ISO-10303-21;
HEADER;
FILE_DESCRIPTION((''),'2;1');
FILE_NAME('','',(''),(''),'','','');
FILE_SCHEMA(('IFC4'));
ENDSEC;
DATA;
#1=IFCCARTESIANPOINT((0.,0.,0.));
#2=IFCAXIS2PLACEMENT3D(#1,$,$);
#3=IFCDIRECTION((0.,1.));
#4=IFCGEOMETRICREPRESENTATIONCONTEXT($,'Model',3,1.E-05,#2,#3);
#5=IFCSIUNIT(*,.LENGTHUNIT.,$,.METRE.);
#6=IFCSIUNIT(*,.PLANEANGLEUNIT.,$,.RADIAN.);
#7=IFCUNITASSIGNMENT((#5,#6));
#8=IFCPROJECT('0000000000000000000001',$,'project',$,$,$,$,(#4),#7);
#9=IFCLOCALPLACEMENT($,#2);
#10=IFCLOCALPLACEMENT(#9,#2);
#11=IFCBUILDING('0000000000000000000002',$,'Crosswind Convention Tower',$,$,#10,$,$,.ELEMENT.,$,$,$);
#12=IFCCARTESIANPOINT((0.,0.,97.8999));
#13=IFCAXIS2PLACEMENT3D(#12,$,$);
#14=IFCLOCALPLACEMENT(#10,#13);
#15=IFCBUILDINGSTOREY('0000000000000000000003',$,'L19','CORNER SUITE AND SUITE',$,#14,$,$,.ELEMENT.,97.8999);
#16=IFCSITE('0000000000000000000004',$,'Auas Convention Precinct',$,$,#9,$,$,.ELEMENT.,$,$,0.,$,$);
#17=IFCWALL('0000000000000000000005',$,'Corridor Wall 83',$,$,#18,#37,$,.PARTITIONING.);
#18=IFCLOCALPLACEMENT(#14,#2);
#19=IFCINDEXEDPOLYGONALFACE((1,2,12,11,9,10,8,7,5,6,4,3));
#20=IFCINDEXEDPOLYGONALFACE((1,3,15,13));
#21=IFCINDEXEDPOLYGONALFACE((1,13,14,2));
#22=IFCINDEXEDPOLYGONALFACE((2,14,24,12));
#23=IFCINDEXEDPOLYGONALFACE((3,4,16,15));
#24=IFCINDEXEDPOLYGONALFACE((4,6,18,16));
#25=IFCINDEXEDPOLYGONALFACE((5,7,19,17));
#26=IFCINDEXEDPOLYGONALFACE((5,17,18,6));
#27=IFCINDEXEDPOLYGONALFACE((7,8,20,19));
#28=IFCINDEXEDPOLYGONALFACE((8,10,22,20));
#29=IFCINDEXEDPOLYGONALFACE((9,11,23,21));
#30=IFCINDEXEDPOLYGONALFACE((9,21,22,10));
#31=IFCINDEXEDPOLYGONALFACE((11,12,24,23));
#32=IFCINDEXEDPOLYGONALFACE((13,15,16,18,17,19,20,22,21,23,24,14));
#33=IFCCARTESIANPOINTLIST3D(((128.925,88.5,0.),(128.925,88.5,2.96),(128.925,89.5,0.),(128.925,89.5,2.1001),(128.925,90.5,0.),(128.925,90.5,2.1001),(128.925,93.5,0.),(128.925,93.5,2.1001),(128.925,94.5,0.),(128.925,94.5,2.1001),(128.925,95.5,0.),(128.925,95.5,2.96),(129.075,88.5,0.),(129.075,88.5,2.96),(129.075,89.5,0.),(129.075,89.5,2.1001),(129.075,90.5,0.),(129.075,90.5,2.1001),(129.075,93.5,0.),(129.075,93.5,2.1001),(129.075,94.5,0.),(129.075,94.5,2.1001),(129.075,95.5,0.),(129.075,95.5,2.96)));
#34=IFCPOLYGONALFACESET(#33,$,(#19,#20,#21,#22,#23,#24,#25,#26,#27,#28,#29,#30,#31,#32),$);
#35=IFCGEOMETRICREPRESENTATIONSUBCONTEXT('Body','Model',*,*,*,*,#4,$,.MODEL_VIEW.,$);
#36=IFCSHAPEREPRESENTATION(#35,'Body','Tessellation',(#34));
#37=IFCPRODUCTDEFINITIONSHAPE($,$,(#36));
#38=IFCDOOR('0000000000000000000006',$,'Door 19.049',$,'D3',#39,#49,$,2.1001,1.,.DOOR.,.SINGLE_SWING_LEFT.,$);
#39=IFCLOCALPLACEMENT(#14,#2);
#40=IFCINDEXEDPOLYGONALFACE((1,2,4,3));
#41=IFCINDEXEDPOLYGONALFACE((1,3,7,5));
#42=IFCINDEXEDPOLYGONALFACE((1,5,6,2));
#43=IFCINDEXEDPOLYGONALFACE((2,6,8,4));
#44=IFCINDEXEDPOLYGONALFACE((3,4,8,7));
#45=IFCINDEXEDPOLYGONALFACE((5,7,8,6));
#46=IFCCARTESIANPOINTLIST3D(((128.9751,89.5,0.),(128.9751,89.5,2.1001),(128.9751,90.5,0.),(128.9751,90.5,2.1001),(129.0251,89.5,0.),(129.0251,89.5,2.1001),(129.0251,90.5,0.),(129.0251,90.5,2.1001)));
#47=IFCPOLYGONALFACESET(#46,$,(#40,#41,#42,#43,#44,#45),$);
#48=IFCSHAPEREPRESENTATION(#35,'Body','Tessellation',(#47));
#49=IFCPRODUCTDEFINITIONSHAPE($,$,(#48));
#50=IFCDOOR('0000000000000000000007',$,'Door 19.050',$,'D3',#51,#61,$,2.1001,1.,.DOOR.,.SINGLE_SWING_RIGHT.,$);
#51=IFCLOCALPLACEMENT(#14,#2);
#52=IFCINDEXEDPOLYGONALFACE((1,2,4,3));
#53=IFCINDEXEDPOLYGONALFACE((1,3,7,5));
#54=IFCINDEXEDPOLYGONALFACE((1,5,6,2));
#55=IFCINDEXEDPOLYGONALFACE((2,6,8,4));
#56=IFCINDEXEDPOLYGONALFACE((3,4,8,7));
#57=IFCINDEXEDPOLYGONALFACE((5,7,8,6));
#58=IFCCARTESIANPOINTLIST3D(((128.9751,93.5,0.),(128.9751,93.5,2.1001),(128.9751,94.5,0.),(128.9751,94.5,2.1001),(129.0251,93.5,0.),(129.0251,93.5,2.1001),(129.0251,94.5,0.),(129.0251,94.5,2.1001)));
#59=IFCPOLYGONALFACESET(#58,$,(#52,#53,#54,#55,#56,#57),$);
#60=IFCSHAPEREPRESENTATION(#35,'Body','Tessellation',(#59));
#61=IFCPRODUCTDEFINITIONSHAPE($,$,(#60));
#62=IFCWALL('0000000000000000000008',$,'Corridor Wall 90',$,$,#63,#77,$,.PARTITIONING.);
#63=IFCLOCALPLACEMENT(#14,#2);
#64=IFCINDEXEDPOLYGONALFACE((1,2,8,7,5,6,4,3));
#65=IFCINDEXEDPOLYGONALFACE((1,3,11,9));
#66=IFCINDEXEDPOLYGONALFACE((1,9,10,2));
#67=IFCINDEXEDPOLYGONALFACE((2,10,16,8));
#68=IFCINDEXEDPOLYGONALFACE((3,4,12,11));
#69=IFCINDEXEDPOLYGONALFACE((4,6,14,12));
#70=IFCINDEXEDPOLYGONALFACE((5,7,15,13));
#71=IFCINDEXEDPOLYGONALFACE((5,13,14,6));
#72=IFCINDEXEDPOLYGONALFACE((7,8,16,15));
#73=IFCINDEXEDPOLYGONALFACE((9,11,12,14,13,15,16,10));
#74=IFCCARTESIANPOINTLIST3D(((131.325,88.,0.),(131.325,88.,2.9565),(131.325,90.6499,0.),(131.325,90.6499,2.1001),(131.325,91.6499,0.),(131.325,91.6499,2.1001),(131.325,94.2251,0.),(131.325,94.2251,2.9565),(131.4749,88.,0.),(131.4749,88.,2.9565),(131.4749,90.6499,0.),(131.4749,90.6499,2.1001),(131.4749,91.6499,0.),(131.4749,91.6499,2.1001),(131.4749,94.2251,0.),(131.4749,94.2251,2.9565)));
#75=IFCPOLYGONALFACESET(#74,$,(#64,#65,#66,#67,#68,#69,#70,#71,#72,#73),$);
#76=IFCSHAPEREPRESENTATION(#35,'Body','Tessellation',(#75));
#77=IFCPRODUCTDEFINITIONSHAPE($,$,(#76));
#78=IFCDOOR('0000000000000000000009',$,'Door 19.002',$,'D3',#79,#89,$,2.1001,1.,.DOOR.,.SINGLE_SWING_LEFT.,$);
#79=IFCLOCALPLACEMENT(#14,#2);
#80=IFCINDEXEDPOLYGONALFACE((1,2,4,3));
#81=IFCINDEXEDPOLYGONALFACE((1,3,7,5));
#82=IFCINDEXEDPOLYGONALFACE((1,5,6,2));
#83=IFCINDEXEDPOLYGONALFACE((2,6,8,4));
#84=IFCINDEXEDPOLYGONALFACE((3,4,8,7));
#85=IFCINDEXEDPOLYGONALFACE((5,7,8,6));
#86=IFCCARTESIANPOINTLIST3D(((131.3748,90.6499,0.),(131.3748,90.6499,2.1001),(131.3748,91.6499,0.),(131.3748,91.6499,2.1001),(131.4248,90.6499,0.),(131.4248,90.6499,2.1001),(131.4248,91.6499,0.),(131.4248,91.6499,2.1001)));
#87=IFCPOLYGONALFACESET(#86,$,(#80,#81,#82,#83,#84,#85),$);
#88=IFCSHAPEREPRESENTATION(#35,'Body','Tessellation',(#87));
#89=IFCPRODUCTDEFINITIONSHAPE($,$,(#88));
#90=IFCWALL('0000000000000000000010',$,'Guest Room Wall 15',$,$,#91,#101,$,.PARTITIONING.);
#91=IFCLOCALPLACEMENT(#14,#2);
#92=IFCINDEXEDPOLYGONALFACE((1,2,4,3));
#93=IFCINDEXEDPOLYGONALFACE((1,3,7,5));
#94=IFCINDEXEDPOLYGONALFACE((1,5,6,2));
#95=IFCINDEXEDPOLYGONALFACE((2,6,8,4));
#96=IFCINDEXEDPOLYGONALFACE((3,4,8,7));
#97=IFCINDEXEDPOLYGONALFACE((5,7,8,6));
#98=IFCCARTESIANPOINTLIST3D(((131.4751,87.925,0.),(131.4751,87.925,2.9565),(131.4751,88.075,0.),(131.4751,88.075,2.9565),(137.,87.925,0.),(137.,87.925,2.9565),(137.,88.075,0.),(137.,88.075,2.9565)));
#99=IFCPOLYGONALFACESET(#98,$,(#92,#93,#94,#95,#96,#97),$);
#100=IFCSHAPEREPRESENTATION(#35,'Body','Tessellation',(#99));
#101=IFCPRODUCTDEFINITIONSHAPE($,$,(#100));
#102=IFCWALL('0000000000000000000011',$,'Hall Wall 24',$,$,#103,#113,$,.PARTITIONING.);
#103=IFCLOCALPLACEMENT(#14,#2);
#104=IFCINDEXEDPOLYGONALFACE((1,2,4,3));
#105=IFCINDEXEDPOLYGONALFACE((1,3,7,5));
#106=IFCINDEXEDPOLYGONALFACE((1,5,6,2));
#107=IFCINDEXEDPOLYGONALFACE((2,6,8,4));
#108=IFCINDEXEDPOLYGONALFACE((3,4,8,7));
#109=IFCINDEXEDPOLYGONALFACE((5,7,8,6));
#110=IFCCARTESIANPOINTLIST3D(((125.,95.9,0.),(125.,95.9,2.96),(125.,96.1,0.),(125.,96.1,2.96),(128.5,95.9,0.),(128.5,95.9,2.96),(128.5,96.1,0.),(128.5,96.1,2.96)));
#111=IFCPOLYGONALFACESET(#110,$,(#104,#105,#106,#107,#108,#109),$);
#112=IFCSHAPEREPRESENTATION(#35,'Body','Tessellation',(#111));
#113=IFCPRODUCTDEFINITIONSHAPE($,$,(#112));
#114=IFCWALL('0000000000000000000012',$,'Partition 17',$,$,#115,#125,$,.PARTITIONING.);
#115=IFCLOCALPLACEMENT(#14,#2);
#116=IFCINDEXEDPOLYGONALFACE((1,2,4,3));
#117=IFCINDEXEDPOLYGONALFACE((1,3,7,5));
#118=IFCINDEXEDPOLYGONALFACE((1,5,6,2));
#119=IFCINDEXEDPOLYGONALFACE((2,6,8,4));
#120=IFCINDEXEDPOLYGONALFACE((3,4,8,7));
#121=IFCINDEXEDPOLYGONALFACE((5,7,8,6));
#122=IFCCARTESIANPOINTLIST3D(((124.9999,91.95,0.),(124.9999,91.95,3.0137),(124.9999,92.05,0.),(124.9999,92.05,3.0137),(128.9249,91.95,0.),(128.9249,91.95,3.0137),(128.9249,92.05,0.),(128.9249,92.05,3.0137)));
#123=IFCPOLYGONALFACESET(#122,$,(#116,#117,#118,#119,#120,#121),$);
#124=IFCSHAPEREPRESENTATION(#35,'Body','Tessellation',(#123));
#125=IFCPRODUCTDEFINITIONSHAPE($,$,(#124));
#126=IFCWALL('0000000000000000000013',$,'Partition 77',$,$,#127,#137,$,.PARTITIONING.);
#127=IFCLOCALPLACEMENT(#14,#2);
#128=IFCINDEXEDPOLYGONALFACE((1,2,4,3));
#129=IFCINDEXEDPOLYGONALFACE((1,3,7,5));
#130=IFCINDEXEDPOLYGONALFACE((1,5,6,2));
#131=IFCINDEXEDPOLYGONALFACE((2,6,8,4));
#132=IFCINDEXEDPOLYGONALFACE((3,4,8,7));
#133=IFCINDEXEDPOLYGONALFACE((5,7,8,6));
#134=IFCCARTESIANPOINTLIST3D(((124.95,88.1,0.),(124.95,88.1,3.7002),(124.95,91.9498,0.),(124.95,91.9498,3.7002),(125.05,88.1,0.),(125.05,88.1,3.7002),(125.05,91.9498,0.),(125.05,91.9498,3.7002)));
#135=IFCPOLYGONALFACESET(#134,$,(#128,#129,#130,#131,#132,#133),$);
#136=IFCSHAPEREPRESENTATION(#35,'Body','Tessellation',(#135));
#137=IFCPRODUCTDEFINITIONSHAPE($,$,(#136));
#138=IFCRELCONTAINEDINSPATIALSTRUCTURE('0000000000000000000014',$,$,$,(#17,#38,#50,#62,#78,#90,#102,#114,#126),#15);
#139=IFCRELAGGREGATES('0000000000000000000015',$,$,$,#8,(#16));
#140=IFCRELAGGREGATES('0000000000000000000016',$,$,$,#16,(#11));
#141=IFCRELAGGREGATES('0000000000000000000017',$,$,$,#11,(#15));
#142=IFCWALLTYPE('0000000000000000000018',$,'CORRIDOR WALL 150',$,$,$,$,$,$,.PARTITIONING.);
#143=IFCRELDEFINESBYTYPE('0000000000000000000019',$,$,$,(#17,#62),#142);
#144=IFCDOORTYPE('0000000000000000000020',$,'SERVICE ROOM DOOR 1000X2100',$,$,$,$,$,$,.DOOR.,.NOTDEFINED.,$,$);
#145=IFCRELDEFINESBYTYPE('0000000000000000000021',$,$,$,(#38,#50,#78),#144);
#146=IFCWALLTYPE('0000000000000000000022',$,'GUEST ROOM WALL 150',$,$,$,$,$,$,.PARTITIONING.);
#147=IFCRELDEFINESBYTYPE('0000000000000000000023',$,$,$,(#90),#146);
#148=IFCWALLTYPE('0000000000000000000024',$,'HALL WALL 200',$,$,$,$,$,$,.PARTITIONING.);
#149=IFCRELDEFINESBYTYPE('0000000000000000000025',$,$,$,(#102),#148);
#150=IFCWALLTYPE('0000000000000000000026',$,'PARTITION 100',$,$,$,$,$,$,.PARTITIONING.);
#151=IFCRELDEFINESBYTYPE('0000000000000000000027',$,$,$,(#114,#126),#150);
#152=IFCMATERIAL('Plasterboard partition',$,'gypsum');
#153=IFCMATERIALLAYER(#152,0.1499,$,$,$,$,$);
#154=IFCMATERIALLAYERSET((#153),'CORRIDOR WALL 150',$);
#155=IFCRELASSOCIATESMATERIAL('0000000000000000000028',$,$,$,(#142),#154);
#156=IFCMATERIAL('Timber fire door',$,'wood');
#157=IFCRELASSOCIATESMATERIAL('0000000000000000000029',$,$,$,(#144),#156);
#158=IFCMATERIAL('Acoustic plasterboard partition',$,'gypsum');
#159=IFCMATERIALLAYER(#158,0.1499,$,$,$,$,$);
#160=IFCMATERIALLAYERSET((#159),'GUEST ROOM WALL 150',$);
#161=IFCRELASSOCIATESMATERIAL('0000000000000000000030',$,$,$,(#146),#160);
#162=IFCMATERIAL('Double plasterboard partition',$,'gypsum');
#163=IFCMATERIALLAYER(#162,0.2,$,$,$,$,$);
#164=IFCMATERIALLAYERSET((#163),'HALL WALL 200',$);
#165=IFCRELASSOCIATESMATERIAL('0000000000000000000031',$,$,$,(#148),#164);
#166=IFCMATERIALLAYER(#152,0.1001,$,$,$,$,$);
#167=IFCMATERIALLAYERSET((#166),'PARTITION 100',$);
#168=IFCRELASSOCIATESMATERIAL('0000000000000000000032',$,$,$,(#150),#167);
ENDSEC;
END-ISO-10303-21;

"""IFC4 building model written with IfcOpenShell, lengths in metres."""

from ifc_helpers import new_model, si_unit, direction, frame, frame_2d, origin, place, context, subcontext, project, spatial, rectangle, extrude, material, layer, layer_set, type_object, element, fill, save


model = new_model("IFC4")

# Units and contexts
model_context = context("Model", 3, precision=1e-05, world=origin(), true_north=direction((0.0, 1.0)))
body_context = subcontext(model_context, "Body", "Model", "MODEL_VIEW")
ifc_project = project(units=[si_unit("LENGTHUNIT", "METRE"), si_unit("PLANEANGLEUNIT", "RADIAN")], contexts=[model_context])

# Site, building, storey
site_placement = place(None, origin())
site = spatial("IfcSite", under=ifc_project, at=site_placement, Name="Auas Convention Precinct", CompositionType="ELEMENT", RefElevation=0.0)
building_placement = place(site_placement, origin())
building = spatial("IfcBuilding", under=site, at=building_placement, Name="Crosswind Convention Tower", CompositionType="ELEMENT")
storey_placement = place(building_placement, frame((0.0, 0.0, 97.8999)))
storey = spatial("IfcBuildingStorey", under=building, at=storey_placement, Name="L19", Description="CORNER SUITE AND SUITE", CompositionType="ELEMENT", Elevation=97.8999)

# Shared definitions
ifc_material_1 = material(Name="Plasterboard partition", Category="gypsum")
ifc_layer_1 = layer(ifc_material_1, 0.1499)
ifc_layer_set_1 = layer_set([ifc_layer_1], Name="CORRIDOR WALL 150")
wall_type_1 = type_object("IfcWallType", Name="CORRIDOR WALL 150", PredefinedType="PARTITIONING", material=ifc_layer_set_1)

# Wall, openings, doors
wall_1_placement = place(storey_placement, frame((129.0, 88.5, 0.0), z_axis=(0.0, 0.0, 1.0), x_axis=(0.0, 1.0, 0.0)))
wall_1 = element("IfcWall", 1, at=wall_1_placement, inside=storey, type_object=wall_type_1, Name="Corridor Wall 83", PredefinedType="PARTITIONING", context=body_context, shape_type="SweptSolid", body=[
    extrude(rectangle(XDim=7.0, YDim=0.1499, at=frame_2d((3.5, 0.0))), origin(), (0.0, 0.0, 1.0), 2.96),
])
opening_1_placement = place(wall_1_placement, frame((1.0, 0.0, 0.0)))
opening_1 = element("IfcOpeningElement", 2, at=opening_1_placement, cuts=wall_1, PredefinedType="OPENING", context=body_context, shape_type="SweptSolid", body=[
    extrude(rectangle(XDim=1.0, YDim=2.1001, at=frame_2d((0.5, 1.05))), frame((0.0, 0.085, 0.0), z_axis=(0.0, -1.0, 0.0), x_axis=(1.0, 0.0, 0.0)), (0.0, 0.0, 1.0), 0.1699),
])
opening_2_placement = place(wall_1_placement, frame((5.0, 0.0, 0.0)))
opening_2 = element("IfcOpeningElement", 3, at=opening_2_placement, cuts=wall_1, PredefinedType="OPENING", context=body_context, shape_type="SweptSolid", body=[
    extrude(rectangle(XDim=1.0, YDim=2.1001, at=frame_2d((0.5, 1.05))), frame((0.0, 0.085, 0.0), z_axis=(0.0, -1.0, 0.0), x_axis=(1.0, 0.0, 0.0)), (0.0, 0.0, 1.0), 0.1699),
])
ifc_material_2 = material(Name="Timber fire door", Category="wood")
door_type = type_object("IfcDoorType", Name="SERVICE ROOM DOOR 1000X2100", OperationType="NOTDEFINED", PredefinedType="DOOR", material=ifc_material_2)
door_1_placement = place(opening_1_placement, origin())
door_1 = element("IfcDoor", 4, at=door_1_placement, inside=storey, type_object=door_type, Name="Door 19.049", ObjectType="D3", OperationType="SINGLE_SWING_LEFT", OverallHeight=2.1001, OverallWidth=1.0, PredefinedType="DOOR", context=body_context, shape_type="SweptSolid", body=[
    extrude(rectangle(XDim=1.0, YDim=2.1001, at=frame_2d((0.5, 1.05))), frame((0.0, 0.0249, 0.0), z_axis=(0.0, -1.0, 0.0), x_axis=(1.0, 0.0, 0.0)), (0.0, 0.0, 1.0), 0.05),
])
fill(opening_1, door_1)
door_2_placement = place(opening_2_placement, origin())
door_2 = element("IfcDoor", 5, at=door_2_placement, inside=storey, type_object=door_type, Name="Door 19.050", ObjectType="D3", OperationType="SINGLE_SWING_RIGHT", OverallHeight=2.1001, OverallWidth=1.0, PredefinedType="DOOR", context=body_context, shape_type="SweptSolid", body=[
    extrude(rectangle(XDim=1.0, YDim=2.1001, at=frame_2d((0.5, 1.05))), frame((0.0, 0.0249, 0.0), z_axis=(0.0, -1.0, 0.0), x_axis=(1.0, 0.0, 0.0)), (0.0, 0.0, 1.0), 0.05),
])
fill(opening_2, door_2)

# Wall, opening, door
wall_2_placement = place(storey_placement, frame((131.3999, 88.0, 0.0), z_axis=(0.0, 0.0, 1.0), x_axis=(0.0, 1.0, 0.0)))
wall_2 = element("IfcWall", 6, at=wall_2_placement, inside=storey, type_object=wall_type_1, Name="Corridor Wall 90", PredefinedType="PARTITIONING", context=body_context, shape_type="SweptSolid", body=[
    extrude(rectangle(XDim=6.2251, YDim=0.1499, at=frame_2d((3.1125, 0.0))), origin(), (0.0, 0.0, 1.0), 2.9565),
])
opening_3_placement = place(wall_2_placement, frame((2.6499, 0.0, 0.0)))
opening_3 = element("IfcOpeningElement", 7, at=opening_3_placement, cuts=wall_2, PredefinedType="OPENING", context=body_context, shape_type="SweptSolid", body=[
    extrude(rectangle(XDim=1.0, YDim=2.1001, at=frame_2d((0.5, 1.05))), frame((0.0, 0.085, 0.0), z_axis=(0.0, -1.0, 0.0), x_axis=(1.0, 0.0, 0.0)), (0.0, 0.0, 1.0), 0.1699),
])
door_3_placement = place(opening_3_placement, frame((1.0, 0.0, 0.0), z_axis=(0.0, 0.0, 1.0), x_axis=(-1.0, 0.0, 0.0)))
door_3 = element("IfcDoor", 8, at=door_3_placement, inside=storey, type_object=door_type, Name="Door 19.002", ObjectType="D3", OperationType="SINGLE_SWING_LEFT", OverallHeight=2.1001, OverallWidth=1.0, PredefinedType="DOOR", context=body_context, shape_type="SweptSolid", body=[
    extrude(rectangle(XDim=1.0, YDim=2.1001, at=frame_2d((0.5, 1.05))), frame((0.0, 0.0249, 0.0), z_axis=(0.0, -1.0, 0.0), x_axis=(1.0, 0.0, 0.0)), (0.0, 0.0, 1.0), 0.05),
])
fill(opening_3, door_3)

# Walls
ifc_material_3 = material(Name="Acoustic plasterboard partition", Category="gypsum")
ifc_layer_2 = layer(ifc_material_3, 0.1499)
ifc_layer_set_2 = layer_set([ifc_layer_2], Name="GUEST ROOM WALL 150")
wall_type_2 = type_object("IfcWallType", Name="GUEST ROOM WALL 150", PredefinedType="PARTITIONING", material=ifc_layer_set_2)
wall_3_placement = place(storey_placement, frame((131.4751, 88.0, 0.0), z_axis=(0.0, 0.0, 1.0), x_axis=(1.0, 0.0, 0.0)))
element("IfcWall", 9, at=wall_3_placement, inside=storey, type_object=wall_type_2, Name="Guest Room Wall 15", PredefinedType="PARTITIONING", context=body_context, shape_type="SweptSolid", body=[
    extrude(rectangle(XDim=5.5249, YDim=0.1499, at=frame_2d((2.7625, 0.0))), origin(), (0.0, 0.0, 1.0), 2.9565),
])
ifc_material_4 = material(Name="Double plasterboard partition", Category="gypsum")
ifc_layer_3 = layer(ifc_material_4, 0.2)
ifc_layer_set_3 = layer_set([ifc_layer_3], Name="HALL WALL 200")
wall_type_3 = type_object("IfcWallType", Name="HALL WALL 200", PredefinedType="PARTITIONING", material=ifc_layer_set_3)
wall_4_placement = place(storey_placement, frame((125.0, 96.0, 0.0), z_axis=(0.0, 0.0, 1.0), x_axis=(1.0, 0.0, 0.0)))
element("IfcWall", 10, at=wall_4_placement, inside=storey, type_object=wall_type_3, Name="Hall Wall 24", PredefinedType="PARTITIONING", context=body_context, shape_type="SweptSolid", body=[
    extrude(rectangle(XDim=3.5, YDim=0.2, at=frame_2d((1.75, 0.0))), origin(), (0.0, 0.0, 1.0), 2.96),
])
ifc_layer_4 = layer(ifc_material_1, 0.1001)
ifc_layer_set_4 = layer_set([ifc_layer_4], Name="PARTITION 100")
wall_type_4 = type_object("IfcWallType", Name="PARTITION 100", PredefinedType="PARTITIONING", material=ifc_layer_set_4)
wall_5_placement = place(storey_placement, frame((125.0, 92.0, 0.0), z_axis=(0.0, 0.0, 1.0), x_axis=(1.0, 0.0, 0.0)))
element("IfcWall", 11, at=wall_5_placement, inside=storey, type_object=wall_type_4, Name="Partition 17", PredefinedType="PARTITIONING", context=body_context, shape_type="SweptSolid", body=[
    extrude(rectangle(XDim=3.925, YDim=0.1001, at=frame_2d((1.9624, 0.0))), origin(), (0.0, 0.0, 1.0), 3.0137),
])
wall_6_placement = place(storey_placement, frame((125.0, 88.1001, 0.0), z_axis=(0.0, 0.0, 1.0), x_axis=(0.0, 1.0, 0.0)))
element("IfcWall", 12, at=wall_6_placement, inside=storey, type_object=wall_type_4, Name="Partition 77", PredefinedType="PARTITIONING", context=body_context, shape_type="SweptSolid", body=[
    extrude(rectangle(XDim=3.8499, YDim=0.1001, at=frame_2d((1.9248, 0.0))), origin(), (0.0, 0.0, 1.0), 3.7002),
])

save(model, "model.ifc")
